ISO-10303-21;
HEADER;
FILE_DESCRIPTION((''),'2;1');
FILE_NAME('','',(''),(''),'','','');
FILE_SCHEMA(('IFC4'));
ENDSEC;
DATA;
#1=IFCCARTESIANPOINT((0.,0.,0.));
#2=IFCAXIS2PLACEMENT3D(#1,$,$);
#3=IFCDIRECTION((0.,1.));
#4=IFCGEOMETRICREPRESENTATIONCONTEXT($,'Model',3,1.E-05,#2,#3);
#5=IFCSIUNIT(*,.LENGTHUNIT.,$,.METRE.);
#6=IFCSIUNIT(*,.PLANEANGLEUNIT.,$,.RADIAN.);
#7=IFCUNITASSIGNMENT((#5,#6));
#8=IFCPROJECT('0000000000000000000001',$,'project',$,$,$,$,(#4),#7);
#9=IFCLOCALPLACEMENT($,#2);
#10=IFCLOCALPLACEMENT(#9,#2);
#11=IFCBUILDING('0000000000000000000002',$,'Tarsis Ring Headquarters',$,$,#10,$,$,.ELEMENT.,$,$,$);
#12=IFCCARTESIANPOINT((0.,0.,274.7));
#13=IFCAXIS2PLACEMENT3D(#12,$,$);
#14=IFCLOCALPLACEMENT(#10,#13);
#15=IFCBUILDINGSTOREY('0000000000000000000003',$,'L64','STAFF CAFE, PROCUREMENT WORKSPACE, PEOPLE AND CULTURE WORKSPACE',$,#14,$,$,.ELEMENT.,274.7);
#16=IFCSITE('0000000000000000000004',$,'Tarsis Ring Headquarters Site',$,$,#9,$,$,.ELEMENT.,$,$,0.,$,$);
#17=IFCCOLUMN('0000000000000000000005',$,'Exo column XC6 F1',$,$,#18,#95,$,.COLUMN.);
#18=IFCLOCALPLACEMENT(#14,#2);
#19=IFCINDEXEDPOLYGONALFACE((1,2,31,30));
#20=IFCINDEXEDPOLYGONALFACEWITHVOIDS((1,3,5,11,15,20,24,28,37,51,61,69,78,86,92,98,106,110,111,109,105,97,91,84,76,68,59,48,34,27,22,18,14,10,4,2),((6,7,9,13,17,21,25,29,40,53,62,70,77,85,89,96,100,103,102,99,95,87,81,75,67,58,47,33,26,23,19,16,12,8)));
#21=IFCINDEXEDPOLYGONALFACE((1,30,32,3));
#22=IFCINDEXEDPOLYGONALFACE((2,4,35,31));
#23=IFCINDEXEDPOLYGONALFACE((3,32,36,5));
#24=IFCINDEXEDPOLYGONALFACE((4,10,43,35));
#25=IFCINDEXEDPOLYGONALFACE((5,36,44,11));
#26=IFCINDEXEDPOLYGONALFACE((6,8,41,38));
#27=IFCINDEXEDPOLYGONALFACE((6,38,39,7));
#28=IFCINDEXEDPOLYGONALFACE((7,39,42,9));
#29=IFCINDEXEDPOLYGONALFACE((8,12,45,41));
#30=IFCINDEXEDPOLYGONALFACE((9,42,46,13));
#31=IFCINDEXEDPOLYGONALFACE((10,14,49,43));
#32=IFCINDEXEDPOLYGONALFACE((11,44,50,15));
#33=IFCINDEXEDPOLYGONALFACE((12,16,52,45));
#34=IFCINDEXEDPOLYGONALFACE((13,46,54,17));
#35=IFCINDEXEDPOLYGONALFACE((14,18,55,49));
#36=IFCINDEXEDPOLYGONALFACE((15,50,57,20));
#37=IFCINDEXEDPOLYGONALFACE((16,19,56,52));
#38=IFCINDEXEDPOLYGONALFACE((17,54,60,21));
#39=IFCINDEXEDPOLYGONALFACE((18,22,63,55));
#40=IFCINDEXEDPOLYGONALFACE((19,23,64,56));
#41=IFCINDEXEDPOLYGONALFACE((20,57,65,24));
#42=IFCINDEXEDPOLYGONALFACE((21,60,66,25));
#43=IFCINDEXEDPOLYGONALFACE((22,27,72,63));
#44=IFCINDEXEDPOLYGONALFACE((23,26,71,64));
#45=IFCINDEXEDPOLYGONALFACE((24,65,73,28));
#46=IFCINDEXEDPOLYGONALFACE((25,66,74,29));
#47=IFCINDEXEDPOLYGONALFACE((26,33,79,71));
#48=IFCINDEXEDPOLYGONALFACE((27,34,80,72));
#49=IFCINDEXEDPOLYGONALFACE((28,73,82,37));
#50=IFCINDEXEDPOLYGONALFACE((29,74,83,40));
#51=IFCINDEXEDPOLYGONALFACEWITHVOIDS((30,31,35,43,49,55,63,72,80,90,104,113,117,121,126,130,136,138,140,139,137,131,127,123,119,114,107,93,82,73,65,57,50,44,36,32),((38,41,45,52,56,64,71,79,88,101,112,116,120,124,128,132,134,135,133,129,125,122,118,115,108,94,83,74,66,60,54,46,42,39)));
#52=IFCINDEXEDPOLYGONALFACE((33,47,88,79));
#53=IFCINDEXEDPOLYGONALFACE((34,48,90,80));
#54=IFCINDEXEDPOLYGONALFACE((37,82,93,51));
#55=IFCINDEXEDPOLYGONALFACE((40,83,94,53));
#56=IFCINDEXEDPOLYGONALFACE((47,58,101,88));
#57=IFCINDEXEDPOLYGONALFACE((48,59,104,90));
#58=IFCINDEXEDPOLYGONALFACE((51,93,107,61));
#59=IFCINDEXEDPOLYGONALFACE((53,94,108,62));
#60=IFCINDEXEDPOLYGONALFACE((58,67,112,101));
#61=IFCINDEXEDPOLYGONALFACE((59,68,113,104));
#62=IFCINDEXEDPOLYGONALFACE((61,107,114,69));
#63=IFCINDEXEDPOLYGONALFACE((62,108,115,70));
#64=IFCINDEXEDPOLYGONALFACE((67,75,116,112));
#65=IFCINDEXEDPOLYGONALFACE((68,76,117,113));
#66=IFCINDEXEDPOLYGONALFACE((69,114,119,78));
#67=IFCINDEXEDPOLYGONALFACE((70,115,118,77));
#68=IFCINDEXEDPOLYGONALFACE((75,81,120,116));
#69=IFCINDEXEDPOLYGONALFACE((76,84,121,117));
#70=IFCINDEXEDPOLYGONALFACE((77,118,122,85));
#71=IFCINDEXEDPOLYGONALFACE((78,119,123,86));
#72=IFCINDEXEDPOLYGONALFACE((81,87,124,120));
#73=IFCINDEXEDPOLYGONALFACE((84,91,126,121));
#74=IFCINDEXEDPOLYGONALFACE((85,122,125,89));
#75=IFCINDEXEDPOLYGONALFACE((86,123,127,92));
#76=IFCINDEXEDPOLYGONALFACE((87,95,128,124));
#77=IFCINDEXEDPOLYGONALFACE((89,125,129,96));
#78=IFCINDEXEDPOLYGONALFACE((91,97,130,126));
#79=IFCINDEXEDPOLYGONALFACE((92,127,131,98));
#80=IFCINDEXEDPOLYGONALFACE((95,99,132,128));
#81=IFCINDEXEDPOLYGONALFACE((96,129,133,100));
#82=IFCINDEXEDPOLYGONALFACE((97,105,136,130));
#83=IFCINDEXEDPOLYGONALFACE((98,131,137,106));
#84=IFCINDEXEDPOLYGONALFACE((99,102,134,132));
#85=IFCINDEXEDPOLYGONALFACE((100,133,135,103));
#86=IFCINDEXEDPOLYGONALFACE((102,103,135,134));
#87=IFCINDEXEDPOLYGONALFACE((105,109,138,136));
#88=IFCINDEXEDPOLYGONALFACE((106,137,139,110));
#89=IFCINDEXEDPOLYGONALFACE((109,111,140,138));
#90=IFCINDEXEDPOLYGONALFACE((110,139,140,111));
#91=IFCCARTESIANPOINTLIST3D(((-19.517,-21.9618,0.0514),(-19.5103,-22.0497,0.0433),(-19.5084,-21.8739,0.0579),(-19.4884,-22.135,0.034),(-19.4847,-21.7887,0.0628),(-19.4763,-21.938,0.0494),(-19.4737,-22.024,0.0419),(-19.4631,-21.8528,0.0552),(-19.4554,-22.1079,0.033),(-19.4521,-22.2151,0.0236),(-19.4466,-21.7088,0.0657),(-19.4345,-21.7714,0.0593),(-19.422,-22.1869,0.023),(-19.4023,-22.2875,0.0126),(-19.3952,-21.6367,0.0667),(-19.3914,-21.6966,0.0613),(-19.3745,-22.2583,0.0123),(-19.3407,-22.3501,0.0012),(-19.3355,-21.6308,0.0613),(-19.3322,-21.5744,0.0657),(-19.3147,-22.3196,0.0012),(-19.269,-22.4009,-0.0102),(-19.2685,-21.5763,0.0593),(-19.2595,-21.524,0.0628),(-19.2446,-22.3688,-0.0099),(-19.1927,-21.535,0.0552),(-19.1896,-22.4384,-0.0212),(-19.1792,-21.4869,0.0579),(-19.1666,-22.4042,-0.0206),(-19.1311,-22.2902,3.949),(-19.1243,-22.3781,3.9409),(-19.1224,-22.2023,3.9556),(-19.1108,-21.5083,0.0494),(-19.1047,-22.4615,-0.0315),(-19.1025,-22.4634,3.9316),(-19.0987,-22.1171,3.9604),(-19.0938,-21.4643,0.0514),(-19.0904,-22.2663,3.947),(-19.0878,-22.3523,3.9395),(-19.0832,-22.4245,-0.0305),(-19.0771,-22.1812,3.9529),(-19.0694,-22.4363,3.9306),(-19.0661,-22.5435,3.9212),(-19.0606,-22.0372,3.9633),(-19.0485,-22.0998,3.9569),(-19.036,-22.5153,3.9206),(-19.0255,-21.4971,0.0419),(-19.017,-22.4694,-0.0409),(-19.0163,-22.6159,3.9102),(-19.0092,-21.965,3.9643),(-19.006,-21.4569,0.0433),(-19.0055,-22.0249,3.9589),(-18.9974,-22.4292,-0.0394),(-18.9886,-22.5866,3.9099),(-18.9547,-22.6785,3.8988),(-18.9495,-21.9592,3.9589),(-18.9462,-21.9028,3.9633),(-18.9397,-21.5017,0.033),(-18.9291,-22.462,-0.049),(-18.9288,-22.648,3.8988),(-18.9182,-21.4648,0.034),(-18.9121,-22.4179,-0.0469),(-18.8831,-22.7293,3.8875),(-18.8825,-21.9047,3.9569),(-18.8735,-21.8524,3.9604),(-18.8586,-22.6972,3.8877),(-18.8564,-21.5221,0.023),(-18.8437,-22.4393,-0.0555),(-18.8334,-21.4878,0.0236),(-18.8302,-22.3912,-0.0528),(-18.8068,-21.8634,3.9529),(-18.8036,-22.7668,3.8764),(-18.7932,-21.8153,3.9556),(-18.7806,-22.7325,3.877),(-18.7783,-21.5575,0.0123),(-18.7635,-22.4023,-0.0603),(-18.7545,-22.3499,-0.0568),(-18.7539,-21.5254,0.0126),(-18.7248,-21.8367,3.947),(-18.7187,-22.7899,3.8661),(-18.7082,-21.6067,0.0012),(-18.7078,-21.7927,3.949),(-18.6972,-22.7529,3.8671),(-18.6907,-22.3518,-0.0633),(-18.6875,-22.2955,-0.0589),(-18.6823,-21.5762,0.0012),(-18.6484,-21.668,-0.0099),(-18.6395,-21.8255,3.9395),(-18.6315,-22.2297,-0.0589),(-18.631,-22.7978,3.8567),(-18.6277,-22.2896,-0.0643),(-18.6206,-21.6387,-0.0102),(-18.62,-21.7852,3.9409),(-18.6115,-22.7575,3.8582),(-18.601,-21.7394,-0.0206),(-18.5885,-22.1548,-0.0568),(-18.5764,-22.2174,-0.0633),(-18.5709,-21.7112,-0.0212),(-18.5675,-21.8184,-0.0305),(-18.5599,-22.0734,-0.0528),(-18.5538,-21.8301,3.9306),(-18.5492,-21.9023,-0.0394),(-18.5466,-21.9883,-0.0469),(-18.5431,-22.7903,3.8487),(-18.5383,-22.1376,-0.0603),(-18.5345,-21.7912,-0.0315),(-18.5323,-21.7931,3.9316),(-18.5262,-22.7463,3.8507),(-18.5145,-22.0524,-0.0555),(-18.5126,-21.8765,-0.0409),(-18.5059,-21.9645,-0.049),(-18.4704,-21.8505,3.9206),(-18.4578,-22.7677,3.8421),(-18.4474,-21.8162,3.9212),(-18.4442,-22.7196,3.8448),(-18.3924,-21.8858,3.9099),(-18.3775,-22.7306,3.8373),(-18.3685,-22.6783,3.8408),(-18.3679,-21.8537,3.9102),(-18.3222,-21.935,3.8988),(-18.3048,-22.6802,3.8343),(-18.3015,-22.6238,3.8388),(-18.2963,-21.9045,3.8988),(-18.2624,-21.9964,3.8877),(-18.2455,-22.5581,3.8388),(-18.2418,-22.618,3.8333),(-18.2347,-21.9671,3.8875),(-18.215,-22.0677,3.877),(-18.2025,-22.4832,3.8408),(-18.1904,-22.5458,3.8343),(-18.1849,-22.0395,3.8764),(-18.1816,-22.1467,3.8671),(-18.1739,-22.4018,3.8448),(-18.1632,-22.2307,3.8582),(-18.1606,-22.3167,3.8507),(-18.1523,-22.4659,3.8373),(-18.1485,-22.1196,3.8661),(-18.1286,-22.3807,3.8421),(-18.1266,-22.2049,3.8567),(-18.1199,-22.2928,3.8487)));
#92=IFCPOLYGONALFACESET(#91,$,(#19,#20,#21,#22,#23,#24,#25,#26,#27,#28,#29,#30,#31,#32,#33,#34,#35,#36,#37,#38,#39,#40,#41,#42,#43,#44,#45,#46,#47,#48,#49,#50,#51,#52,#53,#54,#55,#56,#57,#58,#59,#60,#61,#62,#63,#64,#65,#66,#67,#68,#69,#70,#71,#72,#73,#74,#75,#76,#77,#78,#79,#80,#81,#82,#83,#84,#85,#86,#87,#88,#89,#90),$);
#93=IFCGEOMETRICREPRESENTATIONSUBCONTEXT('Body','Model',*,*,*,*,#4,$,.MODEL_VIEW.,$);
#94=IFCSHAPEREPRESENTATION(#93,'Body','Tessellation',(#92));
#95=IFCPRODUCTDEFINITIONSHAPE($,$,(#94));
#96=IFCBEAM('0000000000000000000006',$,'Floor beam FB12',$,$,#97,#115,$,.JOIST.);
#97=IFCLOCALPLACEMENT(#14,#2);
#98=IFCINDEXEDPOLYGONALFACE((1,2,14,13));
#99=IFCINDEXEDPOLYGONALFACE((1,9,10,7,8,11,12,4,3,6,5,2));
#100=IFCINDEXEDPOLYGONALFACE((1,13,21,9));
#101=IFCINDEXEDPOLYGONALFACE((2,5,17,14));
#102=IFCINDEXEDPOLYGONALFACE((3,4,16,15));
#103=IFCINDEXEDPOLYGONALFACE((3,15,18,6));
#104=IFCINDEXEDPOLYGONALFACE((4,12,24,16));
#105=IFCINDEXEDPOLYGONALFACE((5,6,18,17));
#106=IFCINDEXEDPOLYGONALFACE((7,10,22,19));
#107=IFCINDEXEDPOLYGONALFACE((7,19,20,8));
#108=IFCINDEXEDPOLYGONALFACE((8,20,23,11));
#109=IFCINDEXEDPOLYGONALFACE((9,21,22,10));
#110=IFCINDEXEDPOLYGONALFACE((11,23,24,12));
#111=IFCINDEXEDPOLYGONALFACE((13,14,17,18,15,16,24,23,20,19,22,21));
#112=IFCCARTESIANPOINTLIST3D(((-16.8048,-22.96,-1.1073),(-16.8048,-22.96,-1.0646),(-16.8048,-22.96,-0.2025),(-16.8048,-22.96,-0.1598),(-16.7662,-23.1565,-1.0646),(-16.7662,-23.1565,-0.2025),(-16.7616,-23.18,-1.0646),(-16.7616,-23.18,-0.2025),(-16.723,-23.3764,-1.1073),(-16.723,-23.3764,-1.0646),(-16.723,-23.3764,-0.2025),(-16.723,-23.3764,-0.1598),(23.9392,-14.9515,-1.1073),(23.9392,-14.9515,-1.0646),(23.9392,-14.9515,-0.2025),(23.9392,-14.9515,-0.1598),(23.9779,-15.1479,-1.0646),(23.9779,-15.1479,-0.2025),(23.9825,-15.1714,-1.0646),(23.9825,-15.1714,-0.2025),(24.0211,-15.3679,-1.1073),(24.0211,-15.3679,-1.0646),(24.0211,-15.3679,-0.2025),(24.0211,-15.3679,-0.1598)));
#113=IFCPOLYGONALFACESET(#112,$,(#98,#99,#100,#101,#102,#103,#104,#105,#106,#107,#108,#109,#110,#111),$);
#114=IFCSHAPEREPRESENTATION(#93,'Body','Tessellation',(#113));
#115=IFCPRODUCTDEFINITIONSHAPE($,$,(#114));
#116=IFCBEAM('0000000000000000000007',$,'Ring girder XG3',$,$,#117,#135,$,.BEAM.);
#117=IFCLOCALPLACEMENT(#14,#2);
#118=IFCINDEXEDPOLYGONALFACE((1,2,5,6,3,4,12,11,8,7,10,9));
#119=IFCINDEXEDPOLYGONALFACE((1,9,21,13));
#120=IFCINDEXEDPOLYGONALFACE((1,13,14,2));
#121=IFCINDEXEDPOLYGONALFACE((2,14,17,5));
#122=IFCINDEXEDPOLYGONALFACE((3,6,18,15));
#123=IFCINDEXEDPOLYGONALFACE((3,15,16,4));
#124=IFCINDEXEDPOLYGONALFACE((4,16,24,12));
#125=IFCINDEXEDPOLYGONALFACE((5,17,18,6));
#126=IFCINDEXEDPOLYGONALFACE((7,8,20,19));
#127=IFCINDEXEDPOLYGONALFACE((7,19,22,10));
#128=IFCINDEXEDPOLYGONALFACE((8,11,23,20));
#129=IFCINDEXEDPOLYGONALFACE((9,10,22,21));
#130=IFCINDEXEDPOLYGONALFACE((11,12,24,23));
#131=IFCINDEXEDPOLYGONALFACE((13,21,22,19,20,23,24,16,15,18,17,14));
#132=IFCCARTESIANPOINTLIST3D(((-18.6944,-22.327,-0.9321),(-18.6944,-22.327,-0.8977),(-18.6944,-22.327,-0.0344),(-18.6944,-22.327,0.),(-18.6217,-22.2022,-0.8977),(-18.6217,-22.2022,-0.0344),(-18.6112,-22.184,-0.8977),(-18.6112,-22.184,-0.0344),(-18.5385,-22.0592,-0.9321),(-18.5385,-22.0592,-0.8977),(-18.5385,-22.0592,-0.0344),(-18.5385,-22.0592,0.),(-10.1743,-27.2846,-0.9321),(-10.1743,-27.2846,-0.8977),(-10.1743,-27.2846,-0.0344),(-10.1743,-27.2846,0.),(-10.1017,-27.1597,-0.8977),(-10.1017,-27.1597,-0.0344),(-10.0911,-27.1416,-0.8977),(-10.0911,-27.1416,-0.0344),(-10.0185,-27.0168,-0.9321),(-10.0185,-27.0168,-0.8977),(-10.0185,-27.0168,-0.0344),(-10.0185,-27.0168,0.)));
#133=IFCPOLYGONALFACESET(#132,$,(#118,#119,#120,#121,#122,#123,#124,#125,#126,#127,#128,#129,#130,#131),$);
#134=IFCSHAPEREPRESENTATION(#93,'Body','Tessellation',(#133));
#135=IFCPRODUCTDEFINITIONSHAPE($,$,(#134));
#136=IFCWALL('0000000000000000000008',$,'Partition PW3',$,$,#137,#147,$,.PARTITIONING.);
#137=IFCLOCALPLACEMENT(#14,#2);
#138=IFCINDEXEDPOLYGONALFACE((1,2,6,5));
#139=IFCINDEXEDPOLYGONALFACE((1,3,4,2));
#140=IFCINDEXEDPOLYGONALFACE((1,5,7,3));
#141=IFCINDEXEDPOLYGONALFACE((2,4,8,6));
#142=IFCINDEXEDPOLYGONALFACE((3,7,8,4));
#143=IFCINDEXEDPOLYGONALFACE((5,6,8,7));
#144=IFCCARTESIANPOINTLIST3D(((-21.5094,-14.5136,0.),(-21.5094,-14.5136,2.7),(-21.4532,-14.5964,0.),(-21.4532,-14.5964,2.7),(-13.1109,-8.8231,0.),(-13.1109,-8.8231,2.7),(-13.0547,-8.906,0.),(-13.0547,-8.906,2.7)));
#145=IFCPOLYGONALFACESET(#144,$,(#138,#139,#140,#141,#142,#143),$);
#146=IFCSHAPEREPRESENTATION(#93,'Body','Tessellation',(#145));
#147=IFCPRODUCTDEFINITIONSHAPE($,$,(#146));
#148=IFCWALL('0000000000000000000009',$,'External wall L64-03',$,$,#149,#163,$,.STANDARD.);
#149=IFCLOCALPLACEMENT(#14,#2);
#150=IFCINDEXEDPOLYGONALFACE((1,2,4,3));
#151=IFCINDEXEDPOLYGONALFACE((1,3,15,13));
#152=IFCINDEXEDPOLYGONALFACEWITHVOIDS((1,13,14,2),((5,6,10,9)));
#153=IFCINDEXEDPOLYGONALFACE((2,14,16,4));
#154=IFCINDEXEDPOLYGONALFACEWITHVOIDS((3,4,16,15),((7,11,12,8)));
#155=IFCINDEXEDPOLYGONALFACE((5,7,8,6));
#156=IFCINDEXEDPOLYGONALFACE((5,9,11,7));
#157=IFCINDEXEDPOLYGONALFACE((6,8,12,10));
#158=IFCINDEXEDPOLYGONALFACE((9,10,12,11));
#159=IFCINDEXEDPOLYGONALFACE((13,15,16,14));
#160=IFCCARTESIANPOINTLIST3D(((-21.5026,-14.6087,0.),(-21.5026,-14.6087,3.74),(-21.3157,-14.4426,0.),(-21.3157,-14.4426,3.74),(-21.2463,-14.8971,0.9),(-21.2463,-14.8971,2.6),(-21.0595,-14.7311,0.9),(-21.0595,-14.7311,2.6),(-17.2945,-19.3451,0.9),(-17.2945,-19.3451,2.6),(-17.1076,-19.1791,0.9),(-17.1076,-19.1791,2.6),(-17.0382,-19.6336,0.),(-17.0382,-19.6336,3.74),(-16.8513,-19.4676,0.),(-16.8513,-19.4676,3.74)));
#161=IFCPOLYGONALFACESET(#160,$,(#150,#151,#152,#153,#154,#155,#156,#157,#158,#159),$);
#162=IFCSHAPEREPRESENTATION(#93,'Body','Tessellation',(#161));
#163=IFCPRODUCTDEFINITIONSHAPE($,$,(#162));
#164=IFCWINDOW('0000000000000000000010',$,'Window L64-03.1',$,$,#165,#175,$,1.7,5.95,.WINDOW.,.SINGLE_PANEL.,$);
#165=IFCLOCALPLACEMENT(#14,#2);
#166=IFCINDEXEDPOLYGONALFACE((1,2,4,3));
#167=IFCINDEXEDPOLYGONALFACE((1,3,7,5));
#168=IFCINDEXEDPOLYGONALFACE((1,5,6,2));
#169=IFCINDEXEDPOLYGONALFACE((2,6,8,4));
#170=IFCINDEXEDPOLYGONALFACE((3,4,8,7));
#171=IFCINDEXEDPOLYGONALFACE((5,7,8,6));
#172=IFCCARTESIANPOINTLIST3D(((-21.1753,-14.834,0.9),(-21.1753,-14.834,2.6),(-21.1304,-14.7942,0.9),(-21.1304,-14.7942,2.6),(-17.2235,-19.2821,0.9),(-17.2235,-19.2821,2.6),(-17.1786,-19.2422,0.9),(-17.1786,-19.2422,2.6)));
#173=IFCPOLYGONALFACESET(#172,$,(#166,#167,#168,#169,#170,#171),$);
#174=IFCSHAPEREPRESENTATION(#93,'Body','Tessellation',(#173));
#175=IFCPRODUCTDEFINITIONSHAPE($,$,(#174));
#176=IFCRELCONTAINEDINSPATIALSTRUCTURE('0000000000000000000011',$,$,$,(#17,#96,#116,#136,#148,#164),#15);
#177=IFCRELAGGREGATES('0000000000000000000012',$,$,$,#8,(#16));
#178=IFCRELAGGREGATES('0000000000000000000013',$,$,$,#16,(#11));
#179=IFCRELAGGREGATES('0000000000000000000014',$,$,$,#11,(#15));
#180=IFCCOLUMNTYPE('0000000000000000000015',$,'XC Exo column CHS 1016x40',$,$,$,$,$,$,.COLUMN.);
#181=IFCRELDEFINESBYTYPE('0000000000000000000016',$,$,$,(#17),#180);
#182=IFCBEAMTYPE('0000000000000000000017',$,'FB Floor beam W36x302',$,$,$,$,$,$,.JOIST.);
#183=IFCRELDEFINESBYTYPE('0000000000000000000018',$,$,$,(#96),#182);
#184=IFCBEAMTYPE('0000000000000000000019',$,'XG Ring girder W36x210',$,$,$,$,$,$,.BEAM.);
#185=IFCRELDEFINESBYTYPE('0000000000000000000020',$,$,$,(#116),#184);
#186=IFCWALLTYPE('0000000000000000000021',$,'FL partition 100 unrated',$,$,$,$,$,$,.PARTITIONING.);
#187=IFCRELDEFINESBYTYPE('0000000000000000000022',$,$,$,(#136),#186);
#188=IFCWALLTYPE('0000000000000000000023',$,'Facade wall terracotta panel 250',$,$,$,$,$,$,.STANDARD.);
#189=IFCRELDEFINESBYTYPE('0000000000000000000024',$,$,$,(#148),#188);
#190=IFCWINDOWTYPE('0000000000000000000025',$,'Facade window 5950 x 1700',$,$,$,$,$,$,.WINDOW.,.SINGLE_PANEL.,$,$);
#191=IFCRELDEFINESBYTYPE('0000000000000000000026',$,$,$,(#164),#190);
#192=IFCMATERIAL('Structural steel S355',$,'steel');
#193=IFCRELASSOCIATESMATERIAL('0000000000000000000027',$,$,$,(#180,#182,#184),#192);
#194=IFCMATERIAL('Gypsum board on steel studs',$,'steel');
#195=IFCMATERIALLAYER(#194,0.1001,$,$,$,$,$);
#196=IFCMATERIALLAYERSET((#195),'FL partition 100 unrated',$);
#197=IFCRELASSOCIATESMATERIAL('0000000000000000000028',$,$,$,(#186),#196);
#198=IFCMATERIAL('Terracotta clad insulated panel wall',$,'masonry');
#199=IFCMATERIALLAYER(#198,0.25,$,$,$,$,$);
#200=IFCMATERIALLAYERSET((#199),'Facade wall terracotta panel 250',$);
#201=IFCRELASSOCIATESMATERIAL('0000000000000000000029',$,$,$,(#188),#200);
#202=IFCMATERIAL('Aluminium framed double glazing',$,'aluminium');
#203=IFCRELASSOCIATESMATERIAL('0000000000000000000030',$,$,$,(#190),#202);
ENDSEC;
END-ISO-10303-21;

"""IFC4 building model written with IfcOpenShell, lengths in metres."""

from ifc_helpers import new_model, si_unit, direction, frame, frame_2d, origin, origin_2d, place, context, subcontext, project, spatial, rectangle, hollow_circle, i_section, extrude, material, layer, layer_set, material_profile, profile_set, type_object, element, fill, save


model = new_model("IFC4")

# Units and contexts
model_context = context("Model", 3, precision=1e-05, world=origin(), true_north=direction((0.0, 1.0)))
body_context = subcontext(model_context, "Body", "Model", "MODEL_VIEW")
ifc_project = project(units=[si_unit("LENGTHUNIT", "METRE"), si_unit("PLANEANGLEUNIT", "RADIAN")], contexts=[model_context])

# Site, building, storey
site_placement = place(None, origin())
site = spatial("IfcSite", under=ifc_project, at=site_placement, Name="Tarsis Ring Headquarters Site", CompositionType="ELEMENT", RefElevation=0.0)
building_placement = place(site_placement, origin())
building = spatial("IfcBuilding", under=site, at=building_placement, Name="Tarsis Ring Headquarters", CompositionType="ELEMENT")
storey_placement = place(building_placement, frame((0.0, 0.0, 274.7)))
storey = spatial("IfcBuildingStorey", under=building, at=storey_placement, Name="L64", Description="STAFF CAFE, PROCUREMENT WORKSPACE, PEOPLE AND CULTURE WORKSPACE", CompositionType="ELEMENT", Elevation=274.7)

# Column
ifc_material_1 = material(Name="Structural steel S355", Category="steel")
ifc_material_profile_1 = material_profile(ifc_material_1, hollow_circle(Radius=0.5081, WallThickness=0.04, at=origin_2d()), Name="CHS 1016x40")
ifc_profile_set_1 = profile_set([ifc_material_profile_1], Name="Structural steel S355")
column_type = type_object("IfcColumnType", Name="XC Exo column CHS 1016x40", PredefinedType="COLUMN", material=ifc_profile_set_1)
column_placement = place(storey_placement, frame((-19.0115, -21.9631, 0.0012), z_axis=(0.098203, -0.083544, 0.991654), x_axis=(0.64797, 0.761666, 0.0)))
element("IfcColumn", 1, at=column_placement, inside=storey, type_object=column_type, Name="Exo column XC6 F1", PredefinedType="COLUMN", context=body_context, shape_type="SweptSolid", body=[
    extrude(hollow_circle(Radius=0.5081, WallThickness=0.04, at=origin_2d()), origin(), (0.0, 0.0, 1.0), 3.9304),
])

# Beams
ifc_material_profile_2 = material_profile(ifc_material_1, i_section(OverallWidth=0.4243, OverallDepth=0.9475, WebThickness=0.0239, FlangeThickness=0.0427, at=origin_2d()), Name="W36x302")
ifc_profile_set_2 = profile_set([ifc_material_profile_2], Name="Structural steel S355")
beam_type_1 = type_object("IfcBeamType", Name="FB Floor beam W36x302", PredefinedType="JOIST", material=ifc_profile_set_2)
beam_1_placement = place(storey_placement, frame((-16.7639, -23.1682, -0.6335), z_axis=(0.981225, 0.192867, 0.0), x_axis=(-0.192867, 0.981225, 0.0)))
element("IfcBeam", 2, at=beam_1_placement, inside=storey, type_object=beam_type_1, Name="Floor beam FB12", PredefinedType="JOIST", context=body_context, shape_type="SweptSolid", body=[
    extrude(i_section(OverallWidth=0.4243, OverallDepth=0.9475, WebThickness=0.0239, FlangeThickness=0.0427, at=origin_2d()), origin(), (0.0, 0.0, 1.0), 41.5237),
])
ifc_material_profile_3 = material_profile(ifc_material_1, i_section(OverallWidth=0.3098, OverallDepth=0.9321, WebThickness=0.021, FlangeThickness=0.0344, at=origin_2d()), Name="W36x210")
ifc_profile_set_3 = profile_set([ifc_material_profile_3], Name="Structural steel S355")
beam_type_2 = type_object("IfcBeamType", Name="XG Ring girder W36x210", PredefinedType="BEAM", material=ifc_profile_set_3)
beam_2_placement = place(storey_placement, frame((-18.6165, -22.1931, -0.4661), z_axis=(0.86433, -0.502925, 0.0), x_axis=(0.502925, 0.86433, 0.0)))
element("IfcBeam", 3, at=beam_2_placement, inside=storey, type_object=beam_type_2, Name="Ring girder XG3", PredefinedType="BEAM", context=body_context, shape_type="SweptSolid", body=[
    extrude(i_section(OverallWidth=0.3098, OverallDepth=0.9321, WebThickness=0.021, FlangeThickness=0.0344, at=origin_2d()), origin(), (0.0, 0.0, 1.0), 9.8574),
])

# Wall
ifc_material_2 = material(Name="Gypsum board on steel studs", Category="steel")
ifc_layer_1 = layer(ifc_material_2, 0.1001)
ifc_layer_set_1 = layer_set([ifc_layer_1], Name="FL partition 100 unrated")
wall_type_1 = type_object("IfcWallType", Name="FL partition 100 unrated", PredefinedType="PARTITIONING", material=ifc_layer_set_1)
wall_1_placement = place(storey_placement, frame((-21.4812, -14.5549, 0.0), z_axis=(0.0, 0.0, 1.0), x_axis=(0.827865, 0.560927, 0.0)))
element("IfcWall", 4, at=wall_1_placement, inside=storey, type_object=wall_type_1, Name="Partition PW3", PredefinedType="PARTITIONING", context=body_context, shape_type="SweptSolid", body=[
    extrude(rectangle(XDim=10.1448, YDim=0.1001, at=frame_2d((5.0723, 0.0))), origin(), (0.0, 0.0, 1.0), 2.7),
])

# Wall, opening, window
ifc_material_3 = material(Name="Terracotta clad insulated panel wall", Category="masonry")
ifc_layer_2 = layer(ifc_material_3, 0.25)
ifc_layer_set_2 = layer_set([ifc_layer_2], Name="Facade wall terracotta panel 250")
wall_type_2 = type_object("IfcWallType", Name="Facade wall terracotta panel 250", PredefinedType="STANDARD", material=ifc_layer_set_2)
wall_2_placement = place(storey_placement, frame((-21.4092, -14.5256, 0.0), z_axis=(0.0, 0.0, 1.0), x_axis=(0.664179, -0.747574, 0.0)))
wall_2 = element("IfcWall", 5, at=wall_2_placement, inside=storey, type_object=wall_type_2, Name="External wall L64-03", PredefinedType="STANDARD", context=body_context, shape_type="SweptSolid", body=[
    extrude(rectangle(XDim=6.7217, YDim=0.25, at=frame_2d((3.3608, 0.0))), origin(), (0.0, 0.0, 1.0), 3.74),
])
opening_1_placement = place(wall_2_placement, frame((0.3857, 0.0, 0.8999)))
opening_1 = element("IfcOpeningElement", 6, at=opening_1_placement, cuts=wall_2, PredefinedType="OPENING", context=body_context, shape_type="SweptSolid", body=[
    extrude(rectangle(XDim=5.95, YDim=1.7, at=frame_2d((2.9751, 0.8501))), frame((0.0, 0.135, 0.0), z_axis=(0.0, -1.0, 0.0), x_axis=(1.0, 0.0, 0.0)), (0.0, 0.0, 1.0), 0.27),
])
ifc_material_4 = material(Name="Aluminium framed double glazing", Category="aluminium")
window_type = type_object("IfcWindowType", Name="Facade window 5950 x 1700", PartitioningType="SINGLE_PANEL", PredefinedType="WINDOW", material=ifc_material_4)
window_1_placement = place(opening_1_placement, origin())
window_1 = element("IfcWindow", 7, at=window_1_placement, inside=storey, type_object=window_type, Name="Window L64-03.1", OverallHeight=1.7, OverallWidth=5.95, PartitioningType="SINGLE_PANEL", PredefinedType="WINDOW", context=body_context, shape_type="SweptSolid", body=[
    extrude(rectangle(XDim=5.95, YDim=1.7, at=frame_2d((2.9751, 0.8501))), frame((0.0, 0.03, 0.0), z_axis=(0.0, -1.0, 0.0), x_axis=(1.0, 0.0, 0.0)), (0.0, 0.0, 1.0), 0.0601),
])
fill(opening_1, window_1)

save(model, "model.ifc")
